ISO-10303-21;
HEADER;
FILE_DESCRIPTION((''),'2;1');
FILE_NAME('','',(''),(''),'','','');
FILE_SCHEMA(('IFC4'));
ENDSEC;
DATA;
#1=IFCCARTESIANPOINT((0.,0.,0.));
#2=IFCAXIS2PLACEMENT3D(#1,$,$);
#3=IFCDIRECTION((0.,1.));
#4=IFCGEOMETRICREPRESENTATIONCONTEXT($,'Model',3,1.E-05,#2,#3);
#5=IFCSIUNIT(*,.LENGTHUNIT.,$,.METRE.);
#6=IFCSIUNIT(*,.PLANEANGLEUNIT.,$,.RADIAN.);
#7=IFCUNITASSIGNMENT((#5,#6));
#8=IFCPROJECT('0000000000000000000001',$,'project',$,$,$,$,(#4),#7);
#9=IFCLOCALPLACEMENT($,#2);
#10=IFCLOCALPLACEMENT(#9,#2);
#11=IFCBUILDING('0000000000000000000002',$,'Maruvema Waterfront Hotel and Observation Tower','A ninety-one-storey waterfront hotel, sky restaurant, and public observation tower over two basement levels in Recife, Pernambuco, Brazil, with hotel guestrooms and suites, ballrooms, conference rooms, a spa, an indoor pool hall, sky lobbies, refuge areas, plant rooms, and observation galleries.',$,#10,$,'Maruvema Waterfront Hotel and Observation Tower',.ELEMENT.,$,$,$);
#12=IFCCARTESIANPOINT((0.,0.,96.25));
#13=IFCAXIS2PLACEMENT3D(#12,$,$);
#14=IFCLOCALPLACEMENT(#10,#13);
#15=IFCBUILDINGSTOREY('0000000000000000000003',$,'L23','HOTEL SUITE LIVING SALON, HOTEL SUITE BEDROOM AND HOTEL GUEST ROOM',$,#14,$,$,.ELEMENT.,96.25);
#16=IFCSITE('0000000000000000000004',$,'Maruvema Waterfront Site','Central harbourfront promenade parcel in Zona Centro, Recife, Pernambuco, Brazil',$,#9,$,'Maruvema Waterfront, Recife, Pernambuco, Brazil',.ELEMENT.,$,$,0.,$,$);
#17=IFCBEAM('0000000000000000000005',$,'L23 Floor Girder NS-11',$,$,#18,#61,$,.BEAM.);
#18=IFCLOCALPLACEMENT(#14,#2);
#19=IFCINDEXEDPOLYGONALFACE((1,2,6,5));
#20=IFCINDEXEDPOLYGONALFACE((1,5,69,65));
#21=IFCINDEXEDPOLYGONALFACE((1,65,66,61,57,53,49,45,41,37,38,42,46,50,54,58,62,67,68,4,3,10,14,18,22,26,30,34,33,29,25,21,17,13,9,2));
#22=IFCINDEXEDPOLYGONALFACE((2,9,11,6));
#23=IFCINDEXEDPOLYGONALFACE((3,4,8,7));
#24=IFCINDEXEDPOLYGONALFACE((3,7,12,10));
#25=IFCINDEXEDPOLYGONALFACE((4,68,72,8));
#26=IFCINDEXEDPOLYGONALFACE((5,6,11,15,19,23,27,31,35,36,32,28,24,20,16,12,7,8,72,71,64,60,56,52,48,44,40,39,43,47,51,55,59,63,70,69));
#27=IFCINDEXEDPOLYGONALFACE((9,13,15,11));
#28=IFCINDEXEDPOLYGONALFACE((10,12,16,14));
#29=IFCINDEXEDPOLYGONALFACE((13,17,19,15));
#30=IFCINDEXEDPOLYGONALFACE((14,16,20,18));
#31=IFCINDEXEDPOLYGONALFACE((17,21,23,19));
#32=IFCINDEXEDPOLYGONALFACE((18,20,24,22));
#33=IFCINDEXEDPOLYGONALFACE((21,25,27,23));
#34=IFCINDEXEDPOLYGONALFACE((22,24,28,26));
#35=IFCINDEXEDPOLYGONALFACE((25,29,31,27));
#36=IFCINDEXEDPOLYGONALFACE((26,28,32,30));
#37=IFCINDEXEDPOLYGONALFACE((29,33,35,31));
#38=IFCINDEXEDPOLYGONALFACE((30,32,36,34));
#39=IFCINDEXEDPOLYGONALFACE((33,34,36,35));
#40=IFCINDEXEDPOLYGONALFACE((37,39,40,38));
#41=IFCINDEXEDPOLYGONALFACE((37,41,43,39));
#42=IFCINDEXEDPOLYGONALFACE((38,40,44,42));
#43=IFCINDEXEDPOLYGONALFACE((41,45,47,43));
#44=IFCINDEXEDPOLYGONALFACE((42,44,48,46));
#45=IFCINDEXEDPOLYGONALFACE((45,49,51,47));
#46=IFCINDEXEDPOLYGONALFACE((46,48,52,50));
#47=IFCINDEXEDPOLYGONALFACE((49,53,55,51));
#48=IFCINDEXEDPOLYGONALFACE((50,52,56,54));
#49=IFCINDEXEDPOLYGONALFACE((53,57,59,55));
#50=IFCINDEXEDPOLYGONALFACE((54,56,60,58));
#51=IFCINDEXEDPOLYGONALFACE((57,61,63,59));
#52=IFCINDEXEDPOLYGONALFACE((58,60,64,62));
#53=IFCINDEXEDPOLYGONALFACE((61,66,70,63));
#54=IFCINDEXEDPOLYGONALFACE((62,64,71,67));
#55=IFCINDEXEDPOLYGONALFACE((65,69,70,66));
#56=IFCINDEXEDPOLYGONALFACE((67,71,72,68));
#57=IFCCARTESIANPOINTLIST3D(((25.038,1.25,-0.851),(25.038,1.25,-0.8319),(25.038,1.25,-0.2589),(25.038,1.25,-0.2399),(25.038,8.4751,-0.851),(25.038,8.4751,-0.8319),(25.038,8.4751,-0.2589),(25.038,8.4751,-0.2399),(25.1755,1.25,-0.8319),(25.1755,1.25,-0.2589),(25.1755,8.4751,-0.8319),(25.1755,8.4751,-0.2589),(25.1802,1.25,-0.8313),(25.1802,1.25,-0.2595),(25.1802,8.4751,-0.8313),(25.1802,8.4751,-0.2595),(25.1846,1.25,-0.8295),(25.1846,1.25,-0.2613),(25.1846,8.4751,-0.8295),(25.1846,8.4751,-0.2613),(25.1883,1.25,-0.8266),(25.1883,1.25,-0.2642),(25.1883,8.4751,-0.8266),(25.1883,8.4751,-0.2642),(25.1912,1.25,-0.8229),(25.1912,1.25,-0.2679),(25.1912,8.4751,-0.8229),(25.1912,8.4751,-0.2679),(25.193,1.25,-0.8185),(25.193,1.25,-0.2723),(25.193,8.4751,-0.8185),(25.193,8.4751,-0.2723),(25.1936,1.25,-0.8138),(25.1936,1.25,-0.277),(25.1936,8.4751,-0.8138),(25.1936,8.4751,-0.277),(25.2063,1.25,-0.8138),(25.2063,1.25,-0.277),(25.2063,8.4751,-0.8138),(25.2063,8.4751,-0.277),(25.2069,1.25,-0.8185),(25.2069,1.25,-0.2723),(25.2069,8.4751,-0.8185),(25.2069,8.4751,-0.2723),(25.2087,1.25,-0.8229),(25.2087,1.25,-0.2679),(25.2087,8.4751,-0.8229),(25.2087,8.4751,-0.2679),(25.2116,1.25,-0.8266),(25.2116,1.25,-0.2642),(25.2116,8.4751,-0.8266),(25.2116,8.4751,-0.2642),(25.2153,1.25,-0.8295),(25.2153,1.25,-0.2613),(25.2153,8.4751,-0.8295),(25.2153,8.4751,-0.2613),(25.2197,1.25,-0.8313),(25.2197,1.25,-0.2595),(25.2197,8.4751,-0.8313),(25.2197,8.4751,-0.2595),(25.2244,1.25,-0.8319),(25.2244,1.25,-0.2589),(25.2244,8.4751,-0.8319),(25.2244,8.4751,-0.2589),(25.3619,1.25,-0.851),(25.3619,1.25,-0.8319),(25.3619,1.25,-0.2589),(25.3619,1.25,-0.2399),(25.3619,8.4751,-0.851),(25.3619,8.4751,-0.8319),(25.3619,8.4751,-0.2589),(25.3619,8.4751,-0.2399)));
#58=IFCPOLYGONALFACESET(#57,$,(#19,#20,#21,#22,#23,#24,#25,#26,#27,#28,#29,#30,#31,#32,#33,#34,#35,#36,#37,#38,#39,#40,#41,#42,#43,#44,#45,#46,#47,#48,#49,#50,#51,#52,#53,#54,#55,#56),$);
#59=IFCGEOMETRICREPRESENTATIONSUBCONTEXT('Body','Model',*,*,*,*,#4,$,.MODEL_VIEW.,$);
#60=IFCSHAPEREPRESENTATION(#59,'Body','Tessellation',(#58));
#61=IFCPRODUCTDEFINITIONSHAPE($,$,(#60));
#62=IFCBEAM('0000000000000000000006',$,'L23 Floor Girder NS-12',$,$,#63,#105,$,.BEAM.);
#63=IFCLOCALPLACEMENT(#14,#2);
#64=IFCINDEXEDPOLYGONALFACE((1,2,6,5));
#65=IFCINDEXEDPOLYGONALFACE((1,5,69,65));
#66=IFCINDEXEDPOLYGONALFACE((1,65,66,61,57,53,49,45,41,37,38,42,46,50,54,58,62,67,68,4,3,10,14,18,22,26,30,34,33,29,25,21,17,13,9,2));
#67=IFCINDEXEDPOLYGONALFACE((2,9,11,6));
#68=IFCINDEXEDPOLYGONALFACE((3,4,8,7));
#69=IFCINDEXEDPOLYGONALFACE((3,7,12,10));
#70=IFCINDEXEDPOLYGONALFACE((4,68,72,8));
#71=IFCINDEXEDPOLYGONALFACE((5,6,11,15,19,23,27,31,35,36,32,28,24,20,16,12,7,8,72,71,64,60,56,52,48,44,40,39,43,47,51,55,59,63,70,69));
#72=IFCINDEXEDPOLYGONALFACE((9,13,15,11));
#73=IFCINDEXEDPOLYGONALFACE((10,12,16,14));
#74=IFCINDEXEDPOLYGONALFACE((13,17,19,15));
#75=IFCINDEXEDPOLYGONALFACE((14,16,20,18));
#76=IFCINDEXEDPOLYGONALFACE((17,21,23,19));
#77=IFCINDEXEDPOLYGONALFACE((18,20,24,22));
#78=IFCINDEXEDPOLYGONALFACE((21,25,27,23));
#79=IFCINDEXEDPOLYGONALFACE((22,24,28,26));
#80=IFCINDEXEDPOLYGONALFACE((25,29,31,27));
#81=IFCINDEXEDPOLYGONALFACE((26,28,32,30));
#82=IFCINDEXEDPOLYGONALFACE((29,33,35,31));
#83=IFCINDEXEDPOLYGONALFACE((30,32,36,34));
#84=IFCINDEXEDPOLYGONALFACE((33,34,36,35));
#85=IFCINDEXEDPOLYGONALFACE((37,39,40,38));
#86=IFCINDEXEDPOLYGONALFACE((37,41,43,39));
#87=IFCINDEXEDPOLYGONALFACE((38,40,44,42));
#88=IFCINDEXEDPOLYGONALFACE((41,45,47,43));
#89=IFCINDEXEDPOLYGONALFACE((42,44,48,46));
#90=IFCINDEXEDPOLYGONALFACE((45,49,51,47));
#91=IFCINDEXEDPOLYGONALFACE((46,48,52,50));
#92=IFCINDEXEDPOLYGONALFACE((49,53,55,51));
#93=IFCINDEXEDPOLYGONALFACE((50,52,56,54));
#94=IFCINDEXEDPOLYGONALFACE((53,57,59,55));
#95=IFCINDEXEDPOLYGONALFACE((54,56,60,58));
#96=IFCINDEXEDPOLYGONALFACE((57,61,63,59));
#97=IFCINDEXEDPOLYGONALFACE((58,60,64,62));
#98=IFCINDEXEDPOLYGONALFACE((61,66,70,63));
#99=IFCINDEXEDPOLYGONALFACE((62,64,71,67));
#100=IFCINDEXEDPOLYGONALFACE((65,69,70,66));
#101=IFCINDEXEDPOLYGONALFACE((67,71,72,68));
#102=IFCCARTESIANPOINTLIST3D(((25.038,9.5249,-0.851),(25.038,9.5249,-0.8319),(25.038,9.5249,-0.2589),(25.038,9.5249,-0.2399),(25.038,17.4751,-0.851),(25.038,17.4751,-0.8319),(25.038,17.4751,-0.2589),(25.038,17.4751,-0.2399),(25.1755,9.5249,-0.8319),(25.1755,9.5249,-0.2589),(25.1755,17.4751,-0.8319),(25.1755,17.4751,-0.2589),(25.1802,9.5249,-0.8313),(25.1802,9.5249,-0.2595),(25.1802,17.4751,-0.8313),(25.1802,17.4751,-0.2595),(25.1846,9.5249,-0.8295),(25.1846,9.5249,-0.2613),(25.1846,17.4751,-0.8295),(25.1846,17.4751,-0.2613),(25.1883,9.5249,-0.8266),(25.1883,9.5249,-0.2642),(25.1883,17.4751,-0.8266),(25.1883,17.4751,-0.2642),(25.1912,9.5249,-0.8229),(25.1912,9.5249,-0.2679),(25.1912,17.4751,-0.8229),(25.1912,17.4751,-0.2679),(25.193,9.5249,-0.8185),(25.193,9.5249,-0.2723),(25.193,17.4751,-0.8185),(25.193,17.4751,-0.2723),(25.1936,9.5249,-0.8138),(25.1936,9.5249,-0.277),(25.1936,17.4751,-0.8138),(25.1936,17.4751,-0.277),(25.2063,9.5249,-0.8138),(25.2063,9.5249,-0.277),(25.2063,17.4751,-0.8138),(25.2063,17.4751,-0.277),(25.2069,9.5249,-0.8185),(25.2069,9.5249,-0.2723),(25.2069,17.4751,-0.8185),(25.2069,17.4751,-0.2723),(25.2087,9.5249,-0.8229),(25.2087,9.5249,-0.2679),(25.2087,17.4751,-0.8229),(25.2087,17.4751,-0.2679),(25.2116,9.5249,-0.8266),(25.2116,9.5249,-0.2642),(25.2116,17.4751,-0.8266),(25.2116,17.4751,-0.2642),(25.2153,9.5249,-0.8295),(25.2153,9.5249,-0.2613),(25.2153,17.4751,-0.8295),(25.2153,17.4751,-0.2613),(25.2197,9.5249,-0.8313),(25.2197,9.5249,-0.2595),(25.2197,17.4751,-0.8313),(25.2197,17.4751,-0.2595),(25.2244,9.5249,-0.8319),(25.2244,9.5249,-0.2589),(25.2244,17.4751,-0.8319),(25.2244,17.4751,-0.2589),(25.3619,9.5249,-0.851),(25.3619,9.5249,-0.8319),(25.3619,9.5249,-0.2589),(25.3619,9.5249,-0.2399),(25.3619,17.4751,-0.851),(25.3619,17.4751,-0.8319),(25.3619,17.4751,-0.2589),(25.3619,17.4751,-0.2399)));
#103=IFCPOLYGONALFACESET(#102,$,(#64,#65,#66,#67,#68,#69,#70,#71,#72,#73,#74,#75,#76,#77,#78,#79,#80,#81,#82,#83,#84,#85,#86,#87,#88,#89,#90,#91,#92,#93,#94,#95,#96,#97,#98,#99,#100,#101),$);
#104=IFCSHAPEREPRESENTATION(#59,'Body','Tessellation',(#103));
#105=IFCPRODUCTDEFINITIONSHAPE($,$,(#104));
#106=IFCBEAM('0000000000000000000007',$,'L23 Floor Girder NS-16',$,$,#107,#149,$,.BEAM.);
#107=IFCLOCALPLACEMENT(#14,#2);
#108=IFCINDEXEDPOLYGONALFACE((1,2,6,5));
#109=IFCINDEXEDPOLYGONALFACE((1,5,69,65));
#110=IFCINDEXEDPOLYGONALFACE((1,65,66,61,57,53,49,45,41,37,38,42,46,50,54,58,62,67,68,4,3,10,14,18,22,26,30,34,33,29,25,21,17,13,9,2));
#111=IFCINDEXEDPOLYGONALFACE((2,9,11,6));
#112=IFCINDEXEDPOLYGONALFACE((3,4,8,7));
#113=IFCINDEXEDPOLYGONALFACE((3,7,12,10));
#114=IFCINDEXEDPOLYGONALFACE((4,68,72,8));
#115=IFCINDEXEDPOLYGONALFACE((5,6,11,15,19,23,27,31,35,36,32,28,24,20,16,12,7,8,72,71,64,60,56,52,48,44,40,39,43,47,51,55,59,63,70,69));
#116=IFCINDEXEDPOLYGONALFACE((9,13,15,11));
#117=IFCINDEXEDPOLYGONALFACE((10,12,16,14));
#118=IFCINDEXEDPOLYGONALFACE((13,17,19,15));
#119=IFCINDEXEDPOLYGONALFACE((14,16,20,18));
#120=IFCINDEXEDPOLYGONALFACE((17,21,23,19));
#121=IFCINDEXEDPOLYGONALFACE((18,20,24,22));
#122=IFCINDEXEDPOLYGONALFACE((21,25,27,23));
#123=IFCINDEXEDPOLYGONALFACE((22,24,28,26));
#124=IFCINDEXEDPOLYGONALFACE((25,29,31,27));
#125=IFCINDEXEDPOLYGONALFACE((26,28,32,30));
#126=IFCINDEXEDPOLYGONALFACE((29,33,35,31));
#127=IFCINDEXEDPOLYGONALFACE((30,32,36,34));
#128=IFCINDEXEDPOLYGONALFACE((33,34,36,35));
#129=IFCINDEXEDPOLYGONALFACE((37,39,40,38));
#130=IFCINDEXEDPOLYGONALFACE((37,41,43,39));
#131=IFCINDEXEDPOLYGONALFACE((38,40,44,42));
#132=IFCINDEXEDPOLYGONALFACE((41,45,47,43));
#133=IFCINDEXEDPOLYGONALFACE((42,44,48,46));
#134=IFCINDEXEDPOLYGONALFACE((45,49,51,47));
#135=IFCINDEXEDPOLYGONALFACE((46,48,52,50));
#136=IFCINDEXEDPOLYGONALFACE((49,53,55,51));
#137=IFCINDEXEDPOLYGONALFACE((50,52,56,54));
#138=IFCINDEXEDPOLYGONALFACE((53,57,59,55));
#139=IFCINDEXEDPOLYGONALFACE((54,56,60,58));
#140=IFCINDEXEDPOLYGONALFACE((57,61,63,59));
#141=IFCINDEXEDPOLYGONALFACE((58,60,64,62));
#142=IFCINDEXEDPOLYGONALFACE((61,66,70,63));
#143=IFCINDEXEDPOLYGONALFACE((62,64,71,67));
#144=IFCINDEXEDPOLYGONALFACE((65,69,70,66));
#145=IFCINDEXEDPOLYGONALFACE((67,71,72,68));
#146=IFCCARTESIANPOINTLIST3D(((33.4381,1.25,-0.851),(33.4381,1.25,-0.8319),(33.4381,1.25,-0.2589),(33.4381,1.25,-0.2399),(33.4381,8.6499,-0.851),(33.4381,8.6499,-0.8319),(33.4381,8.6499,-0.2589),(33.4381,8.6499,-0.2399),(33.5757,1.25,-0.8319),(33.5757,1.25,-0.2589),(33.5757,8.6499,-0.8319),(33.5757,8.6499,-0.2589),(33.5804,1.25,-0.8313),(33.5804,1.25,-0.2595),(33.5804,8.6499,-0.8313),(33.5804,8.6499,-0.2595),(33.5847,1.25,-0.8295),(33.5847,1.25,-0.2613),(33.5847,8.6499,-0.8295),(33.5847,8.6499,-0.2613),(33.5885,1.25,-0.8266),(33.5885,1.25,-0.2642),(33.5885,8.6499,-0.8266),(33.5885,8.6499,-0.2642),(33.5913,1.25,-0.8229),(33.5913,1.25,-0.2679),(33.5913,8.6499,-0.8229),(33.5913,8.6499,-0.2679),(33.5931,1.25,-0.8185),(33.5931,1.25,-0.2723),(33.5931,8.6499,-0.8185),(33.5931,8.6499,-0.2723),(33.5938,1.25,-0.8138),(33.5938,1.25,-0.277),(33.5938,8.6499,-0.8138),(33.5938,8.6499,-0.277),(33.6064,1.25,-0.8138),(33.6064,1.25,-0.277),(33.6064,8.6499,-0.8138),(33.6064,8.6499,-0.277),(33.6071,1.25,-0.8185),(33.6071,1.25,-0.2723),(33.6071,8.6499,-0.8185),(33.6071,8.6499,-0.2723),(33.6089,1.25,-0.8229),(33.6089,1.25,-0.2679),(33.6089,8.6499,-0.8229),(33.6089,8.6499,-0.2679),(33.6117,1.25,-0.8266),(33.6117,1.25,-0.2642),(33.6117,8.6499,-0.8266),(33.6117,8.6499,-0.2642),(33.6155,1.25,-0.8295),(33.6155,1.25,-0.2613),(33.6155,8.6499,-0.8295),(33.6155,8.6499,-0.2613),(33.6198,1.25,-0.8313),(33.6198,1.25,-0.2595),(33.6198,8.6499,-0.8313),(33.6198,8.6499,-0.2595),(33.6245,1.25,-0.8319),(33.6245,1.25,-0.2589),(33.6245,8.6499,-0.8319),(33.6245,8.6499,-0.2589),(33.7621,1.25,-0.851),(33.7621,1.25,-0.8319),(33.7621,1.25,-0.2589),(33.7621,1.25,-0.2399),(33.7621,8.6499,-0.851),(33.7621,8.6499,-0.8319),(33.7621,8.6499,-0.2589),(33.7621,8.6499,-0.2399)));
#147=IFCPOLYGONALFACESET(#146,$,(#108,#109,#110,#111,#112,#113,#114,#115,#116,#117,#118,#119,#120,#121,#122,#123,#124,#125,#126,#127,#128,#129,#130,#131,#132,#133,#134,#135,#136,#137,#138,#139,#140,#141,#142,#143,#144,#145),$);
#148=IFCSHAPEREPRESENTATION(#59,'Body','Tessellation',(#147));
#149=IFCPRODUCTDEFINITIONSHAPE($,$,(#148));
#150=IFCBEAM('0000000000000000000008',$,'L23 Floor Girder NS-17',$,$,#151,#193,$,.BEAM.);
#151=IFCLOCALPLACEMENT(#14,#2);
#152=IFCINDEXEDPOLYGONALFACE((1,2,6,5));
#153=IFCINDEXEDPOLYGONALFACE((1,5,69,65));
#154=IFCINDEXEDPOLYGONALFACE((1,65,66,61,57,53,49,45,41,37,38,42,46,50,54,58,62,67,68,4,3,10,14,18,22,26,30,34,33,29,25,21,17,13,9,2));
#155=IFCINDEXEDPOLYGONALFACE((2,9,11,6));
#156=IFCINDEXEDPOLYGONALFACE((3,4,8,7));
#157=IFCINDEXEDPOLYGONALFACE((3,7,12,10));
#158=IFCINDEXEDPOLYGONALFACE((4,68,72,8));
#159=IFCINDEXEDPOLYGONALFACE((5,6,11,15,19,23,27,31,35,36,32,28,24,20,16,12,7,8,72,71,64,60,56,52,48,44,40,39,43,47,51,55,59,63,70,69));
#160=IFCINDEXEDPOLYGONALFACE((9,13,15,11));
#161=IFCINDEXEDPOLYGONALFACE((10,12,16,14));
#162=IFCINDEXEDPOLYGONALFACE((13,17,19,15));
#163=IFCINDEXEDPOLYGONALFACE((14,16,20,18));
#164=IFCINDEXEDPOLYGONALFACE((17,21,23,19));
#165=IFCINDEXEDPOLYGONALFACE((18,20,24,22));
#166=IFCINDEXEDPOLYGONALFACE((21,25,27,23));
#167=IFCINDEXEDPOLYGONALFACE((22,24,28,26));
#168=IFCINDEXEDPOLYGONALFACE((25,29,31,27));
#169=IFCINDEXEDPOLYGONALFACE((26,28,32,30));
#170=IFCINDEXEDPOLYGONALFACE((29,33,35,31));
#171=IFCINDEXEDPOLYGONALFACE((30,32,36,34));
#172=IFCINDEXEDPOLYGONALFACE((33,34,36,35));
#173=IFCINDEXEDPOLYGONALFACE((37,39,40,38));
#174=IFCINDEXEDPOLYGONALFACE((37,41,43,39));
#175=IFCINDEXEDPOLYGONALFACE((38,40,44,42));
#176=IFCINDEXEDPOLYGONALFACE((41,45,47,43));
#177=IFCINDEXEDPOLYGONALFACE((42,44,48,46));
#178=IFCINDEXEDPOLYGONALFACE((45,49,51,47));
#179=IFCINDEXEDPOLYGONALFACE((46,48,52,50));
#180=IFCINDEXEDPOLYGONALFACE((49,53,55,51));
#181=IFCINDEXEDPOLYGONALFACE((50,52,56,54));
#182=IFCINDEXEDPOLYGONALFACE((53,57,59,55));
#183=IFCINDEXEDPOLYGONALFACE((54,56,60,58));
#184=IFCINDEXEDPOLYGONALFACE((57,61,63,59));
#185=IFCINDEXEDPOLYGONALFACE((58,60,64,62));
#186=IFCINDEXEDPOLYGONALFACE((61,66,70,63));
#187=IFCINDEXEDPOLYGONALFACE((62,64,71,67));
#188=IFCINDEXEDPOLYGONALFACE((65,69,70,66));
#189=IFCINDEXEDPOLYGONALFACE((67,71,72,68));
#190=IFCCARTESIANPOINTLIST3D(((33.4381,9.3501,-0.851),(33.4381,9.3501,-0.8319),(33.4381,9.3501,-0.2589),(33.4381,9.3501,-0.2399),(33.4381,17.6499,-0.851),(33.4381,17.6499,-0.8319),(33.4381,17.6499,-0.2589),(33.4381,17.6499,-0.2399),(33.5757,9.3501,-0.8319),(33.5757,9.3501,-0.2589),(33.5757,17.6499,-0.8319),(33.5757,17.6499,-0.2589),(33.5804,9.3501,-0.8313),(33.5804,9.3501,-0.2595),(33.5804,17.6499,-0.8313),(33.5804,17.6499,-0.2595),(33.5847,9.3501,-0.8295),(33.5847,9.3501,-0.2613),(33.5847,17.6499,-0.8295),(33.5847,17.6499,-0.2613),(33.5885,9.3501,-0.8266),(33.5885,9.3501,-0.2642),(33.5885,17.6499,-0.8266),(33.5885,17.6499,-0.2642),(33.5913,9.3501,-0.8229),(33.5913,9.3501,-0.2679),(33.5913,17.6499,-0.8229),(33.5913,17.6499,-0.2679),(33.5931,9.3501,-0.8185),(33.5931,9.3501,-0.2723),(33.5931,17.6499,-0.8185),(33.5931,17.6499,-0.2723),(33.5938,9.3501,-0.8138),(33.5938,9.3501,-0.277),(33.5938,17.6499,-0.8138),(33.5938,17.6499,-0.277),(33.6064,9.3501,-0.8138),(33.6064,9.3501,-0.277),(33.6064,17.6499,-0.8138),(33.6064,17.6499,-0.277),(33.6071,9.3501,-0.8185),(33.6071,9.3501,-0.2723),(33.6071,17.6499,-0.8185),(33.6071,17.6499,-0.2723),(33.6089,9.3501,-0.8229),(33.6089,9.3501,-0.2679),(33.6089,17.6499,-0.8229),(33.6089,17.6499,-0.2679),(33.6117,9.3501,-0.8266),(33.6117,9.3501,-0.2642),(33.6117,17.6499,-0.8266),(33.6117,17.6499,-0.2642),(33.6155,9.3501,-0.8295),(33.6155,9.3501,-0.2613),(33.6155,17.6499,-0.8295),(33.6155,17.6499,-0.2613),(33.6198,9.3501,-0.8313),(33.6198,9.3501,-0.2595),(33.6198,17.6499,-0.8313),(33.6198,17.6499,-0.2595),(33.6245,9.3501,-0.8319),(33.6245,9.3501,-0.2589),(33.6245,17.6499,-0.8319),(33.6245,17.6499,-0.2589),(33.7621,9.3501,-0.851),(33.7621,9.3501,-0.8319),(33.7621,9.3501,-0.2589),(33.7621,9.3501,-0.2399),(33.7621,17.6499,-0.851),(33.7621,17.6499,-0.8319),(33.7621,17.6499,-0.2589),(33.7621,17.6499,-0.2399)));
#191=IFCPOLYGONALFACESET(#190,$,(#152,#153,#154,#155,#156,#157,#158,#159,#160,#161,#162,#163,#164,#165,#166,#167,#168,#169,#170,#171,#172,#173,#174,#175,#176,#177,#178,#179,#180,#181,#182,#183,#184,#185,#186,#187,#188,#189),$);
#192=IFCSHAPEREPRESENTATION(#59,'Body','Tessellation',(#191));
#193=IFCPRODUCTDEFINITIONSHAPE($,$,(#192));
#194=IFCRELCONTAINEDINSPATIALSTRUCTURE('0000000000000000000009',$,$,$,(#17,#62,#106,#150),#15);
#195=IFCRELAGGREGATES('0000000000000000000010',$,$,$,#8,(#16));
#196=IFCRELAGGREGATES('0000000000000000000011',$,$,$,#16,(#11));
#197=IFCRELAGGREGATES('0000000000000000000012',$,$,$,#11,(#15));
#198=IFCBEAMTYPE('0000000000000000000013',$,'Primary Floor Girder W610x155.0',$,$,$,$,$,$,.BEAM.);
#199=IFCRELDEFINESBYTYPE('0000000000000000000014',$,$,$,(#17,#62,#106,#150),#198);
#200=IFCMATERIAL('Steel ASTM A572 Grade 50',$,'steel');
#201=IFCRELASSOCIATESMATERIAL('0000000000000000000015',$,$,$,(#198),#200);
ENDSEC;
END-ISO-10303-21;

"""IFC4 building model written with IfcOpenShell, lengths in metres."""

from ifc_helpers import new_model, si_unit, direction, frame, origin, origin_2d, place, context, subcontext, project, spatial, i_section, extrude, material, material_profile, profile_set, type_object, element, save


model = new_model("IFC4")

# Units and contexts
model_context = context("Model", 3, precision=1e-05, world=origin(), true_north=direction((0.0, 1.0)))
body_context = subcontext(model_context, "Body", "Model", "MODEL_VIEW")
ifc_project = project(units=[si_unit("LENGTHUNIT", "METRE"), si_unit("PLANEANGLEUNIT", "RADIAN")], contexts=[model_context])

# Site, building, storey
site_placement = place(None, origin())
site = spatial("IfcSite", under=ifc_project, at=site_placement, Name="Maruvema Waterfront Site", Description="Central harbourfront promenade parcel in Zona Centro, Recife, Pernambuco, Brazil", LongName="Maruvema Waterfront, Recife, Pernambuco, Brazil", CompositionType="ELEMENT", RefElevation=0.0)
building_placement = place(site_placement, origin())
building = spatial("IfcBuilding", under=site, at=building_placement, Name="Maruvema Waterfront Hotel and Observation Tower", Description="A ninety-one-storey waterfront hotel, sky restaurant, and public observation tower over two basement levels in Recife, Pernambuco, Brazil, with hotel guestrooms and suites, ballrooms, conference rooms, a spa, an indoor pool hall, sky lobbies, refuge areas, plant rooms, and observation galleries.", LongName="Maruvema Waterfront Hotel and Observation Tower", CompositionType="ELEMENT")
storey_placement = place(building_placement, frame((0.0, 0.0, 96.25)))
storey = spatial("IfcBuildingStorey", under=building, at=storey_placement, Name="L23", Description="HOTEL SUITE LIVING SALON, HOTEL SUITE BEDROOM AND HOTEL GUEST ROOM", CompositionType="ELEMENT", Elevation=96.25)

# Beams
ifc_material_1 = material(Name="Steel ASTM A572 Grade 50", Category="steel")
ifc_material_profile_1 = material_profile(ifc_material_1, i_section(OverallWidth=0.324, OverallDepth=0.6111, WebThickness=0.0127, FlangeThickness=0.019, FilletRadius=0.0181, at=origin_2d()), Name="W610x155.0")
ifc_profile_set_1 = profile_set([ifc_material_profile_1], Name="Steel ASTM A572 Grade 50")
beam_type_1 = type_object("IfcBeamType", Name="Primary Floor Girder W610x155.0", PredefinedType="BEAM", material=ifc_profile_set_1)
beam_1_placement = place(storey_placement, frame((25.2, 1.25, -0.5454), z_axis=(0.0, 1.0, 0.0), x_axis=(-1.0, 0.0, 0.0)))
element("IfcBeam", 1, at=beam_1_placement, inside=storey, type_object=beam_type_1, Name="L23 Floor Girder NS-11", PredefinedType="BEAM", context=body_context, shape_type="SweptSolid", body=[
    extrude(i_section(OverallWidth=0.324, OverallDepth=0.6111, WebThickness=0.0127, FlangeThickness=0.019, FilletRadius=0.0181, at=origin_2d()), origin(), (0.0, 0.0, 1.0), 7.2251),
])
beam_2_placement = place(storey_placement, frame((25.2, 9.5249, -0.5454), z_axis=(0.0, 1.0, 0.0), x_axis=(-1.0, 0.0, 0.0)))
element("IfcBeam", 2, at=beam_2_placement, inside=storey, type_object=beam_type_1, Name="L23 Floor Girder NS-12", PredefinedType="BEAM", context=body_context, shape_type="SweptSolid", body=[
    extrude(i_section(OverallWidth=0.324, OverallDepth=0.6111, WebThickness=0.0127, FlangeThickness=0.019, FilletRadius=0.0181, at=origin_2d()), origin(), (0.0, 0.0, 1.0), 7.9502),
])
beam_3_placement = place(storey_placement, frame((33.6001, 1.25, -0.5454), z_axis=(0.0, 1.0, 0.0), x_axis=(-1.0, 0.0, 0.0)))
element("IfcBeam", 3, at=beam_3_placement, inside=storey, type_object=beam_type_1, Name="L23 Floor Girder NS-16", PredefinedType="BEAM", context=body_context, shape_type="SweptSolid", body=[
    extrude(i_section(OverallWidth=0.324, OverallDepth=0.6111, WebThickness=0.0127, FlangeThickness=0.019, FilletRadius=0.0181, at=origin_2d()), origin(), (0.0, 0.0, 1.0), 7.3999),
])
beam_4_placement = place(storey_placement, frame((33.6001, 9.3501, -0.5454), z_axis=(0.0, 1.0, 0.0), x_axis=(-1.0, 0.0, 0.0)))
element("IfcBeam", 4, at=beam_4_placement, inside=storey, type_object=beam_type_1, Name="L23 Floor Girder NS-17", PredefinedType="BEAM", context=body_context, shape_type="SweptSolid", body=[
    extrude(i_section(OverallWidth=0.324, OverallDepth=0.6111, WebThickness=0.0127, FlangeThickness=0.019, FilletRadius=0.0181, at=origin_2d()), origin(), (0.0, 0.0, 1.0), 8.2998),
])

save(model, "model.ifc")
